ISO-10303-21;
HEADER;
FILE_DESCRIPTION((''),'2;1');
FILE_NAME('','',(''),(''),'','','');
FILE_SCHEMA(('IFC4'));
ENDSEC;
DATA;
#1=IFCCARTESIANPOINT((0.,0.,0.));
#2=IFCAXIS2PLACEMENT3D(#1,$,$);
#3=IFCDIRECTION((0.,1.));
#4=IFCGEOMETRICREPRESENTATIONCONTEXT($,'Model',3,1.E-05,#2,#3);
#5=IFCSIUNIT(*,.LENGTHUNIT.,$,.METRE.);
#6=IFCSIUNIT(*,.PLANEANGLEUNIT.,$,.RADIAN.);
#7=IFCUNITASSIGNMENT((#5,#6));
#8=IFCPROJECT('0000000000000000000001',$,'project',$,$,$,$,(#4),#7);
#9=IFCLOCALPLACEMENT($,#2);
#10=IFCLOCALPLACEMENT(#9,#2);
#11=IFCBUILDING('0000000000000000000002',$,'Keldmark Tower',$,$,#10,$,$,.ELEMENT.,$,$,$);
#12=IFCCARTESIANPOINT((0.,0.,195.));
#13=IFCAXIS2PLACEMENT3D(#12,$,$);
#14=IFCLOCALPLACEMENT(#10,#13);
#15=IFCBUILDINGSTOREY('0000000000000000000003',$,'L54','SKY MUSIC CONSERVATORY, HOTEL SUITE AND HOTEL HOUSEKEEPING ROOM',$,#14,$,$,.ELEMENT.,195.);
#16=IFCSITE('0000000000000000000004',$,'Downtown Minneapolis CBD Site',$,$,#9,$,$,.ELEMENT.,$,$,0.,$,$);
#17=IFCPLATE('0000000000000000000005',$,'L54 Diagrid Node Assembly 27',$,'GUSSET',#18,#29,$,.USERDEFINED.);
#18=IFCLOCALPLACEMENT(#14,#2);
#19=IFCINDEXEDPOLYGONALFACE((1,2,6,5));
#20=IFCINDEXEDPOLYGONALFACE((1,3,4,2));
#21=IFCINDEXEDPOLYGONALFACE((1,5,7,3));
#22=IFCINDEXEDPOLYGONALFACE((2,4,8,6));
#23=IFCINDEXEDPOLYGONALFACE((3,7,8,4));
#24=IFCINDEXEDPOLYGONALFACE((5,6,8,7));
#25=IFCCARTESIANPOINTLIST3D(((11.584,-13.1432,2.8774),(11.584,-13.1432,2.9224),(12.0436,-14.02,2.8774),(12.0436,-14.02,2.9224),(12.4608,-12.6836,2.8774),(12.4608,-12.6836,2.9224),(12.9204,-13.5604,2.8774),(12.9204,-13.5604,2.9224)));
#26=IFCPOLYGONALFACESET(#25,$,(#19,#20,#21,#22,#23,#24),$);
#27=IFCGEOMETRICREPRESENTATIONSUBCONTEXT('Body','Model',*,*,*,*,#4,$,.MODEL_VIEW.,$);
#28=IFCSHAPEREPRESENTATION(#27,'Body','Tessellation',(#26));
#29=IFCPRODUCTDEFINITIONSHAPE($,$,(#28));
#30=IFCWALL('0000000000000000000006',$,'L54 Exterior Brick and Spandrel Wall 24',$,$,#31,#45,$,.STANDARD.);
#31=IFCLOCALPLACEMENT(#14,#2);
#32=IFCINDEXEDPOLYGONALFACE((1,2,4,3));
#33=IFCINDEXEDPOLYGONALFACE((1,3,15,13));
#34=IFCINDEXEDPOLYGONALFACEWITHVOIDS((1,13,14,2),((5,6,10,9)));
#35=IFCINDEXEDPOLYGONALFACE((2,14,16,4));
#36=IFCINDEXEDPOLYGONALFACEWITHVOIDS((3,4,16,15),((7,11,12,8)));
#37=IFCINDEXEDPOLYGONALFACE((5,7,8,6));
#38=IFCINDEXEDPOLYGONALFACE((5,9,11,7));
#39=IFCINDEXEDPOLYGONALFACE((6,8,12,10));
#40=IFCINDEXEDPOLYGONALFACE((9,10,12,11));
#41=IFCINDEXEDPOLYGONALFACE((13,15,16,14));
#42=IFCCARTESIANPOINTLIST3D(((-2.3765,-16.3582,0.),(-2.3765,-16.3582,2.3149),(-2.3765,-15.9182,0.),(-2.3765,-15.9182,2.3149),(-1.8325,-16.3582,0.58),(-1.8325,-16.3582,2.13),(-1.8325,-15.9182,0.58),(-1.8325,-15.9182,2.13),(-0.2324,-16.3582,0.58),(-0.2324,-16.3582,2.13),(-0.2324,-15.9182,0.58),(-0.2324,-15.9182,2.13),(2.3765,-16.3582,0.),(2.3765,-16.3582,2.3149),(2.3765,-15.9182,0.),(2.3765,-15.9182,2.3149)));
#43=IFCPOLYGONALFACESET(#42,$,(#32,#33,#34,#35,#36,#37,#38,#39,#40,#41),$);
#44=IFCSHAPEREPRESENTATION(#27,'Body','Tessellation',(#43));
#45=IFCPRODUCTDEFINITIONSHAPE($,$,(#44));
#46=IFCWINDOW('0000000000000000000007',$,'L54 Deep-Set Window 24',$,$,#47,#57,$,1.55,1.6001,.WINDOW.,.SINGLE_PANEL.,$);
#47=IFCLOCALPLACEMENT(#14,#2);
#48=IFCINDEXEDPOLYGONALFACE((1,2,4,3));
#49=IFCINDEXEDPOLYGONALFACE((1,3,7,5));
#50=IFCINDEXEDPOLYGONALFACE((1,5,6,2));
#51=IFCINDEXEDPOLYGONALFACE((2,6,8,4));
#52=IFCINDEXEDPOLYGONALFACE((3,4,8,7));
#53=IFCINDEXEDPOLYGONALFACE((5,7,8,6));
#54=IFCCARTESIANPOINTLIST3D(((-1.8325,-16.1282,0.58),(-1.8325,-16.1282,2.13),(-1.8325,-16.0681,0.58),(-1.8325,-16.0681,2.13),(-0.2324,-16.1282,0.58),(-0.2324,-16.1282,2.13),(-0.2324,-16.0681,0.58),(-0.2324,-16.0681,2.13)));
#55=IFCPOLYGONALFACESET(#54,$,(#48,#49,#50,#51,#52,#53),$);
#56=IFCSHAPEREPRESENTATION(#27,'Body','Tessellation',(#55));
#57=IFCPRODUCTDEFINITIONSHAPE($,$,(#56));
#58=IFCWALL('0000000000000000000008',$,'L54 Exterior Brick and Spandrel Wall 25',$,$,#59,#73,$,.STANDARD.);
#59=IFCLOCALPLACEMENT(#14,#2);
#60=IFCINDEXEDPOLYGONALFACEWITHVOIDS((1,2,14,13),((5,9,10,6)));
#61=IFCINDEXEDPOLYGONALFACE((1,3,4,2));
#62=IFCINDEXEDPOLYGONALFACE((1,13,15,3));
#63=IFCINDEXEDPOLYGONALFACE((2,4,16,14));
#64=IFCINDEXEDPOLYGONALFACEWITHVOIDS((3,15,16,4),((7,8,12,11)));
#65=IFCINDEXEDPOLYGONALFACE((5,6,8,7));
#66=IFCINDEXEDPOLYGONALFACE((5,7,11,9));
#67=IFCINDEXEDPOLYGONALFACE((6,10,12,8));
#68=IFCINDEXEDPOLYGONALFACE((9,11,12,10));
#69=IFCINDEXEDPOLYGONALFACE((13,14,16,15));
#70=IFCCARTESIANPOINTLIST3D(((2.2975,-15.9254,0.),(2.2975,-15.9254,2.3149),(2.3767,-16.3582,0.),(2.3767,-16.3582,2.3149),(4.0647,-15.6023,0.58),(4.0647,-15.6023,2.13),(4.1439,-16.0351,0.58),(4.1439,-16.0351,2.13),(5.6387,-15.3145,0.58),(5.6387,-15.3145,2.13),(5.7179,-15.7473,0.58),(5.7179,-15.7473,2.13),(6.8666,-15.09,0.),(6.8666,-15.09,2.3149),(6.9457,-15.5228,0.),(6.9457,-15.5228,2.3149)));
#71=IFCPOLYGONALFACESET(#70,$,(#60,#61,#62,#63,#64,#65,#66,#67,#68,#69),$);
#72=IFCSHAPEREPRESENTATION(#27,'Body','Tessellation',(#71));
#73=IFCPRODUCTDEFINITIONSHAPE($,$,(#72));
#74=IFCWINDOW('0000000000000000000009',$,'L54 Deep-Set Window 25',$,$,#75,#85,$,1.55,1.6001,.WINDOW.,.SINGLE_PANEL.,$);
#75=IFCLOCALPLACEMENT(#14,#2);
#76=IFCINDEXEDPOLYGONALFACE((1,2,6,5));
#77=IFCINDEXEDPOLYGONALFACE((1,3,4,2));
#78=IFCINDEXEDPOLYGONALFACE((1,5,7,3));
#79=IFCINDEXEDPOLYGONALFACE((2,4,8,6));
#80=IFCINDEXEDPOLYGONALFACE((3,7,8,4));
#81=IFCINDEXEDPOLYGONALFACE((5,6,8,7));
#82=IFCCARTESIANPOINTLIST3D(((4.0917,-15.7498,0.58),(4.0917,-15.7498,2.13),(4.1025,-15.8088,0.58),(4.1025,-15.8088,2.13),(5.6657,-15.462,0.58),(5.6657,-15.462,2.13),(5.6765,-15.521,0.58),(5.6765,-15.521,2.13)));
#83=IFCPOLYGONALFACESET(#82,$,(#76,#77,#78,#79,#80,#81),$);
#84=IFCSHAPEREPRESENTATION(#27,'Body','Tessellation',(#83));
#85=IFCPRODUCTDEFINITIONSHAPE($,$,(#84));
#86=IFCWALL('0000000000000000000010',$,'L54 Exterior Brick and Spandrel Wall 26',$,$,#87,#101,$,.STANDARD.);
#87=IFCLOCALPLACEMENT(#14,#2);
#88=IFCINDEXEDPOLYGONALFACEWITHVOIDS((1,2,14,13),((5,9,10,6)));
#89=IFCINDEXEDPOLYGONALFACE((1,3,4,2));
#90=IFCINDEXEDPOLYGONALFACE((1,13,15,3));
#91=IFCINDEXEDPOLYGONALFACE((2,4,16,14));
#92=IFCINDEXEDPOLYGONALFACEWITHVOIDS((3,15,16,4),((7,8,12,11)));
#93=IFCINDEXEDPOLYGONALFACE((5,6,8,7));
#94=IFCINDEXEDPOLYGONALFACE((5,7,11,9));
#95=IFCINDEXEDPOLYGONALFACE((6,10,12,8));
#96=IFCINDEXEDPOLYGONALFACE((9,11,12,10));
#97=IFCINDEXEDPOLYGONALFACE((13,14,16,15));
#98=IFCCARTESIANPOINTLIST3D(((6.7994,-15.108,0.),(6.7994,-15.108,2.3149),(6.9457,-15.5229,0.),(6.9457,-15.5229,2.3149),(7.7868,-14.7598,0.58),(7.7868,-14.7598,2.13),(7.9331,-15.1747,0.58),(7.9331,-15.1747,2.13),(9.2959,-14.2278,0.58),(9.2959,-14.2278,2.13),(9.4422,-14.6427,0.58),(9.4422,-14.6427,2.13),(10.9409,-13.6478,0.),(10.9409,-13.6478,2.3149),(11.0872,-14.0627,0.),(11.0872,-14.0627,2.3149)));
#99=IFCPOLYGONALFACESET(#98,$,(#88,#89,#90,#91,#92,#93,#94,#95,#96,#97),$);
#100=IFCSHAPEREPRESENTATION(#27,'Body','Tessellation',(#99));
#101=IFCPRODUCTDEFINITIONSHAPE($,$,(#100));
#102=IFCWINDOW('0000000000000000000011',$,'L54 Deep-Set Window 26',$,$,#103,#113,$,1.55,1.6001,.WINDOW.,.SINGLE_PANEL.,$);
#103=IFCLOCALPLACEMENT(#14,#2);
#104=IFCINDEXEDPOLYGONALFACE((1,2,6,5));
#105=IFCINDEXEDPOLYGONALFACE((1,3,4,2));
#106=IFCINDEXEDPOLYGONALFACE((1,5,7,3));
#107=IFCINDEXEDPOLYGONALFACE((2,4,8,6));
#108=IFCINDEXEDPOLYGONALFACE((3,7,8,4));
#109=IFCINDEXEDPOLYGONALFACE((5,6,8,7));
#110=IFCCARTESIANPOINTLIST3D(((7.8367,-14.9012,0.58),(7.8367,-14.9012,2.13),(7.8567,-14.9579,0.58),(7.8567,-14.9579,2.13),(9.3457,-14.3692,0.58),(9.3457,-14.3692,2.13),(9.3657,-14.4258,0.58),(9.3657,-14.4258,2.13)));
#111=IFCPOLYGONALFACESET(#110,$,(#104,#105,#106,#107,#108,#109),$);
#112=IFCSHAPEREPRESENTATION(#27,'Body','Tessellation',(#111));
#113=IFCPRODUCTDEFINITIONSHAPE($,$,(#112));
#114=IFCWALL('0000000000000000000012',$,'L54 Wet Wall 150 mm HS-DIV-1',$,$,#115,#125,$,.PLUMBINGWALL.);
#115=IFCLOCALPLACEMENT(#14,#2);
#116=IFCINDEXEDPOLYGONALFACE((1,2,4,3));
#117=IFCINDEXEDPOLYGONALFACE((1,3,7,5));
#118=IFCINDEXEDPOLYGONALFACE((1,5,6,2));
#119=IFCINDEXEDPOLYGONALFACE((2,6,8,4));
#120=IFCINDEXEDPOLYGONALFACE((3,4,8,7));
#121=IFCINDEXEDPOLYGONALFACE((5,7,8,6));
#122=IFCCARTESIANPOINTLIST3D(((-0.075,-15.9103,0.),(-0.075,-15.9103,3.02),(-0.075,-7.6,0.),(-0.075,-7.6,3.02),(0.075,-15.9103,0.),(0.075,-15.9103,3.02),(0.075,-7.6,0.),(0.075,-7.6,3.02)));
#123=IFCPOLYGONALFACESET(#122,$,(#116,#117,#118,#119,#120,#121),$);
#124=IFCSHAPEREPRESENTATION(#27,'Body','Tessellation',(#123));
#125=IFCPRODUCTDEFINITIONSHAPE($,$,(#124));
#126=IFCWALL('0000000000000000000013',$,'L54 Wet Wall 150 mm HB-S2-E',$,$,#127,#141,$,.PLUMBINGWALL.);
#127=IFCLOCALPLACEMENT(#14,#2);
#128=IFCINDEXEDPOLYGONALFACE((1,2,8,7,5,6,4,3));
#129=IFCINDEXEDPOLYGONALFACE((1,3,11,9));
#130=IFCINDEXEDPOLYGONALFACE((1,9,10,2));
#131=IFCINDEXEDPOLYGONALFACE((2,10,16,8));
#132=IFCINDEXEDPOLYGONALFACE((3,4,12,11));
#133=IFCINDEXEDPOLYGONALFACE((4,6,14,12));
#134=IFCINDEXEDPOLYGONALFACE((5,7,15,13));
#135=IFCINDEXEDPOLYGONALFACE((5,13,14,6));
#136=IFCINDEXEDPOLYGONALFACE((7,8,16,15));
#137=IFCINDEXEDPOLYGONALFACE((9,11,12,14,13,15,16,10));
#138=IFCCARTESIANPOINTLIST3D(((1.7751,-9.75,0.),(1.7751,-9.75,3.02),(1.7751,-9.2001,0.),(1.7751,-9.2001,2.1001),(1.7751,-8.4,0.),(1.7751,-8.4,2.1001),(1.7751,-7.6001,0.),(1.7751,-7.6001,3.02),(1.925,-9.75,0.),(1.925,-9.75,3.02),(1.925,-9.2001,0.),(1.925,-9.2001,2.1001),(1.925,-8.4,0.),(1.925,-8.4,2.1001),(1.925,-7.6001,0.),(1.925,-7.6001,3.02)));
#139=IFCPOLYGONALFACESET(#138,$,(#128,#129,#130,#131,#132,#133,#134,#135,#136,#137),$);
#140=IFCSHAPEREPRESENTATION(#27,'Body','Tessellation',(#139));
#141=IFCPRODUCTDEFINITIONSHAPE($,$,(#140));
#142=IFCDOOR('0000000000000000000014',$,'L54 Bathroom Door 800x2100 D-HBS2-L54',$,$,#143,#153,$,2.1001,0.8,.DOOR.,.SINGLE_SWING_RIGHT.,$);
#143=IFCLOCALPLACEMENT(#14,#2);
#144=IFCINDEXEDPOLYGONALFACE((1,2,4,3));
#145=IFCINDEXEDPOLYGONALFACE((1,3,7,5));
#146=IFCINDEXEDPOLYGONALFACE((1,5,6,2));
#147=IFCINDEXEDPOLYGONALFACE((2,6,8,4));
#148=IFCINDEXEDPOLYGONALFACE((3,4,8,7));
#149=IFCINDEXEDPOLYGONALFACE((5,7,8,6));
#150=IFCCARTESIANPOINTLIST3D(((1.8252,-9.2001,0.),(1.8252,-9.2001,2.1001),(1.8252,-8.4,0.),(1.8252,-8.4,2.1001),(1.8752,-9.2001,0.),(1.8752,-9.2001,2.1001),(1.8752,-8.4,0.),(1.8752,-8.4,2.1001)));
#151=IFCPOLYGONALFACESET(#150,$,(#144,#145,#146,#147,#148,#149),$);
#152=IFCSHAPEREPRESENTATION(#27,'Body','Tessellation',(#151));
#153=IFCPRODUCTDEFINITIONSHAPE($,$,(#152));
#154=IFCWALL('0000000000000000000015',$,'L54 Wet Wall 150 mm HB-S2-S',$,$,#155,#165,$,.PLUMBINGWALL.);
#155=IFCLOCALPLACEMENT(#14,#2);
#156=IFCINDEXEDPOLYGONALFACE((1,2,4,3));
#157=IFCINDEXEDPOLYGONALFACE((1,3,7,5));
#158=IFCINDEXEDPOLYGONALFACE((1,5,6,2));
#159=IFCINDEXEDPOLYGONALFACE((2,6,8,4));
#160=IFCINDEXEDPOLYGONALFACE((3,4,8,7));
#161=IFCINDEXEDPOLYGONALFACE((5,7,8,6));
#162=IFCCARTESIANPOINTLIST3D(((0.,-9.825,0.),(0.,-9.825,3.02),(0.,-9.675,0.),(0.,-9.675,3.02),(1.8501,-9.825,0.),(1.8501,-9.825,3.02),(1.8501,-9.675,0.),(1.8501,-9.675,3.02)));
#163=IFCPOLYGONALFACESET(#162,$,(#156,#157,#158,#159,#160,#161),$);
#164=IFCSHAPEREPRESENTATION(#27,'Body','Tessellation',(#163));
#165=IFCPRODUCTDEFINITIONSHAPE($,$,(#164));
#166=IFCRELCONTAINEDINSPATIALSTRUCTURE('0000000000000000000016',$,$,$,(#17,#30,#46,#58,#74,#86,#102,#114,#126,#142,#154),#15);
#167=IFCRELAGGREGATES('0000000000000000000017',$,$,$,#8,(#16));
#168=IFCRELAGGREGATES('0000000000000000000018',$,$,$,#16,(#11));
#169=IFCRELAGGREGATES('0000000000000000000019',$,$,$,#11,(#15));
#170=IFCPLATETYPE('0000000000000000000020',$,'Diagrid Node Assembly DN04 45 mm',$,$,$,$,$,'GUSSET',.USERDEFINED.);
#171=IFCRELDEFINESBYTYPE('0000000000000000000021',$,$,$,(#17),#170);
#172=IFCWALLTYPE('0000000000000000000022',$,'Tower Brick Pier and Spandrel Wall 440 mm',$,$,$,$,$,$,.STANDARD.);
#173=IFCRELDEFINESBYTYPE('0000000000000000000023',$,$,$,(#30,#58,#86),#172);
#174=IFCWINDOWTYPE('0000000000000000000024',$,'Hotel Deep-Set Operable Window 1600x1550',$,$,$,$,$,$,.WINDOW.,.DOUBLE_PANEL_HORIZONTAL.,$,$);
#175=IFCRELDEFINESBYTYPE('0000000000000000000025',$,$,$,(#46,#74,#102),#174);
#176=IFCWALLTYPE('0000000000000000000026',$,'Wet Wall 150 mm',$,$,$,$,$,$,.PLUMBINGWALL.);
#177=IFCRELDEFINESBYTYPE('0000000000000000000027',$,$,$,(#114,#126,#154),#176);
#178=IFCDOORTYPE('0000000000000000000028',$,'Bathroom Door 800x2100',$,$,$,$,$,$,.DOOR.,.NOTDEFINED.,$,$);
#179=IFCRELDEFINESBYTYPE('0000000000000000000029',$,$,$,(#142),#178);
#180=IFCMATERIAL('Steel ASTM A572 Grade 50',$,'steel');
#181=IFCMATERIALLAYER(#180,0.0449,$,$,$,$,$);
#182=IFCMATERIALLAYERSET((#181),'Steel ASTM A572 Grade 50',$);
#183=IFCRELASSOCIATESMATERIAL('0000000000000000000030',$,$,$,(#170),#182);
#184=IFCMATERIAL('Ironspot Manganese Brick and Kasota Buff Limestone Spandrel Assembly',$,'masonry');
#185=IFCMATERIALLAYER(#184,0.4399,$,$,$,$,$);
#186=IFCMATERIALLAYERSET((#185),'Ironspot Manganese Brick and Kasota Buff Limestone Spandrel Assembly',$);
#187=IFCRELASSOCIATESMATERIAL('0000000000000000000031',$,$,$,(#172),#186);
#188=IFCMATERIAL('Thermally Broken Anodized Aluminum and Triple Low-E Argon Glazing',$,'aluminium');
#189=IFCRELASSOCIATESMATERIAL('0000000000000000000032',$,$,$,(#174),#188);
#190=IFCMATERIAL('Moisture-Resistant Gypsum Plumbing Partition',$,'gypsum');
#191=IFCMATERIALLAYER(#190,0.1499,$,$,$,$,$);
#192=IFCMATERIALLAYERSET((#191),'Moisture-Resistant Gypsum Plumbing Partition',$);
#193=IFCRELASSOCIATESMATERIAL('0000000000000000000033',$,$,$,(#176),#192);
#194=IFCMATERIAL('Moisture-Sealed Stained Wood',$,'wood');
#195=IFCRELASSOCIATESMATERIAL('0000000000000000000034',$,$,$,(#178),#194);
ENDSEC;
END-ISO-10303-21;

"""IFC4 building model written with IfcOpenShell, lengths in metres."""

from ifc_helpers import new_model, si_unit, direction, frame, frame_2d, origin, origin_2d, place, context, subcontext, project, spatial, rectangle, extrude, material, layer, layer_set, type_object, element, fill, save


model = new_model("IFC4")

# Units and contexts
model_context = context("Model", 3, precision=1e-05, world=origin(), true_north=direction((0.0, 1.0)))
body_context = subcontext(model_context, "Body", "Model", "MODEL_VIEW")
ifc_project = project(units=[si_unit("LENGTHUNIT", "METRE"), si_unit("PLANEANGLEUNIT", "RADIAN")], contexts=[model_context])

# Site, building, storey
site_placement = place(None, origin())
site = spatial("IfcSite", under=ifc_project, at=site_placement, Name="Downtown Minneapolis CBD Site", CompositionType="ELEMENT", RefElevation=0.0)
building_placement = place(site_placement, origin())
building = spatial("IfcBuilding", under=site, at=building_placement, Name="Keldmark Tower", CompositionType="ELEMENT")
storey_placement = place(building_placement, frame((0.0, 0.0, 195.0)))
storey = spatial("IfcBuildingStorey", under=building, at=storey_placement, Name="L54", Description="SKY MUSIC CONSERVATORY, HOTEL SUITE AND HOTEL HOUSEKEEPING ROOM", CompositionType="ELEMENT", Elevation=195.0)

# Plate
ifc_material_1 = material(Name="Steel ASTM A572 Grade 50", Category="steel")
ifc_layer_1 = layer(ifc_material_1, 0.0449)
ifc_layer_set_1 = layer_set([ifc_layer_1], Name="Steel ASTM A572 Grade 50")
plate_type = type_object("IfcPlateType", Name="Diagrid Node Assembly DN04 45 mm", ElementType="GUSSET", PredefinedType="USERDEFINED", material=ifc_layer_set_1)
for number, where, z_axis, x_axis, name in (
    (1, (12.2522, -13.3518, 2.8774), (0.0, 0.0, 1.0), (0.885718, 0.464224, 0.0), "L54 Diagrid Node Assembly 27"),
):
    element("IfcPlate", number, at=place(storey_placement, frame(where, z_axis=z_axis, x_axis=x_axis)), inside=storey, type_object=plate_type, Name=name, ObjectType="GUSSET", PredefinedType="USERDEFINED", context=body_context, shape_type="SweptSolid", body=[
        extrude(rectangle(XDim=0.99, YDim=0.99, at=origin_2d()), origin(), (0.0, 0.0, 1.0), 0.0449),
    ])

# Walls, openings, windows
ifc_material_2 = material(Name="Ironspot Manganese Brick and Kasota Buff Limestone Spandrel Assembly", Category="masonry")
ifc_layer_2 = layer(ifc_material_2, 0.4399)
ifc_layer_set_2 = layer_set([ifc_layer_2], Name="Ironspot Manganese Brick and Kasota Buff Limestone Spandrel Assembly")
wall_type_1 = type_object("IfcWallType", Name="Tower Brick Pier and Spandrel Wall 440 mm", PredefinedType="STANDARD", material=ifc_layer_set_2)
wall_1_placement = place(storey_placement, frame((2.3765, -16.1382, 0.0), z_axis=(0.0, 0.0, 1.0), x_axis=(-1.0, 0.0, 0.0)))
wall_1 = element("IfcWall", 2, at=wall_1_placement, inside=storey, type_object=wall_type_1, Name="L54 Exterior Brick and Spandrel Wall 24", PredefinedType="STANDARD", context=body_context, shape_type="SweptSolid", body=[
    extrude(rectangle(XDim=4.7529, YDim=0.4399, at=frame_2d((2.3765, 0.0))), origin(), (0.0, 0.0, 1.0), 2.3149),
])
opening_1_placement = place(wall_1_placement, frame((2.6089, 0.0, 0.5801)))
opening_1 = element("IfcOpeningElement", 3, at=opening_1_placement, cuts=wall_1, PredefinedType="OPENING", context=body_context, shape_type="SweptSolid", body=[
    extrude(rectangle(XDim=1.6001, YDim=1.55, at=frame_2d((0.8, 0.7749))), frame((0.0, 0.23, 0.0), z_axis=(0.0, -1.0, 0.0), x_axis=(1.0, 0.0, 0.0)), (0.0, 0.0, 1.0), 0.46),
])
ifc_material_3 = material(Name="Thermally Broken Anodized Aluminum and Triple Low-E Argon Glazing", Category="aluminium")
window_type = type_object("IfcWindowType", Name="Hotel Deep-Set Operable Window 1600x1550", PartitioningType="DOUBLE_PANEL_HORIZONTAL", PredefinedType="WINDOW", material=ifc_material_3)
window_1_placement = place(opening_1_placement, origin())
window_1 = element("IfcWindow", 4, at=window_1_placement, inside=storey, type_object=window_type, Name="L54 Deep-Set Window 24", OverallHeight=1.55, OverallWidth=1.6001, PartitioningType="SINGLE_PANEL", PredefinedType="WINDOW", context=body_context, shape_type="SweptSolid", body=[
    extrude(rectangle(XDim=1.6001, YDim=1.55, at=frame_2d((0.8, 0.7749))), frame((0.0, -0.01, 0.0), z_axis=(0.0, -1.0, 0.0), x_axis=(1.0, 0.0, 0.0)), (0.0, 0.0, 1.0), 0.0601),
])
fill(opening_1, window_1)
wall_2_placement = place(storey_placement, frame((6.906, -15.3064, 0.0), z_axis=(0.0, 0.0, 1.0), x_axis=(-0.983691, -0.179866, 0.0)))
wall_2 = element("IfcWall", 5, at=wall_2_placement, inside=storey, type_object=wall_type_1, Name="L54 Exterior Brick and Spandrel Wall 25", PredefinedType="STANDARD", context=body_context, shape_type="SweptSolid", body=[
    extrude(rectangle(XDim=4.6448, YDim=0.4399, at=frame_2d((2.3223, 0.0))), origin(), (0.0, 0.0, 1.0), 2.3149),
])
opening_2_placement = place(wall_2_placement, frame((1.248, 0.0, 0.5801)))
opening_2 = element("IfcOpeningElement", 6, at=opening_2_placement, cuts=wall_2, PredefinedType="OPENING", context=body_context, shape_type="SweptSolid", body=[
    extrude(rectangle(XDim=1.6001, YDim=1.55, at=frame_2d((0.8, 0.7749))), frame((0.0, 0.23, 0.0), z_axis=(0.0, -1.0, 0.0), x_axis=(1.0, 0.0, 0.0)), (0.0, 0.0, 1.0), 0.46),
])
window_2_placement = place(opening_2_placement, origin())
window_2 = element("IfcWindow", 7, at=window_2_placement, inside=storey, type_object=window_type, Name="L54 Deep-Set Window 25", OverallHeight=1.55, OverallWidth=1.6001, PartitioningType="SINGLE_PANEL", PredefinedType="WINDOW", context=body_context, shape_type="SweptSolid", body=[
    extrude(rectangle(XDim=1.6001, YDim=1.55, at=frame_2d((0.8, 0.7749))), frame((0.0, -0.01, 0.0), z_axis=(0.0, -1.0, 0.0), x_axis=(1.0, 0.0, 0.0)), (0.0, 0.0, 1.0), 0.0601),
])
fill(opening_2, window_2)
wall_3_placement = place(storey_placement, frame((11.0142, -13.8552, 0.0), z_axis=(0.0, 0.0, 1.0), x_axis=(-0.9431, -0.332509, 0.0)))
wall_3 = element("IfcWall", 8, at=wall_3_placement, inside=storey, type_object=wall_type_1, Name="L54 Exterior Brick and Spandrel Wall 26", PredefinedType="STANDARD", context=body_context, shape_type="SweptSolid", body=[
    extrude(rectangle(XDim=4.3914, YDim=0.4399, at=frame_2d((2.1958, 0.0))), origin(), (0.0, 0.0, 1.0), 2.3149),
])
opening_3_placement = place(wall_3_placement, frame((1.7444, 0.0, 0.5801)))
opening_3 = element("IfcOpeningElement", 9, at=opening_3_placement, cuts=wall_3, PredefinedType="OPENING", context=body_context, shape_type="SweptSolid", body=[
    extrude(rectangle(XDim=1.6001, YDim=1.55, at=frame_2d((0.8, 0.7749))), frame((0.0, 0.23, 0.0), z_axis=(0.0, -1.0, 0.0), x_axis=(1.0, 0.0, 0.0)), (0.0, 0.0, 1.0), 0.46),
])
window_3_placement = place(opening_3_placement, origin())
window_3 = element("IfcWindow", 10, at=window_3_placement, inside=storey, type_object=window_type, Name="L54 Deep-Set Window 26", OverallHeight=1.55, OverallWidth=1.6001, PartitioningType="SINGLE_PANEL", PredefinedType="WINDOW", context=body_context, shape_type="SweptSolid", body=[
    extrude(rectangle(XDim=1.6001, YDim=1.55, at=frame_2d((0.8, 0.7749))), frame((0.0, -0.01, 0.0), z_axis=(0.0, -1.0, 0.0), x_axis=(1.0, 0.0, 0.0)), (0.0, 0.0, 1.0), 0.0601),
])
fill(opening_3, window_3)

# Wall
ifc_material_4 = material(Name="Moisture-Resistant Gypsum Plumbing Partition", Category="gypsum")
ifc_layer_3 = layer(ifc_material_4, 0.1499)
ifc_layer_set_3 = layer_set([ifc_layer_3], Name="Moisture-Resistant Gypsum Plumbing Partition")
wall_type_2 = type_object("IfcWallType", Name="Wet Wall 150 mm", PredefinedType="PLUMBINGWALL", material=ifc_layer_set_3)
wall_4_placement = place(storey_placement, frame((0.0, -15.9104, 0.0), z_axis=(0.0, 0.0, 1.0), x_axis=(0.0, 1.0, 0.0)))
element("IfcWall", 11, at=wall_4_placement, inside=storey, type_object=wall_type_2, Name="L54 Wet Wall 150 mm HS-DIV-1", PredefinedType="PLUMBINGWALL", context=body_context, shape_type="SweptSolid", body=[
    extrude(rectangle(XDim=8.3103, YDim=0.1499, at=frame_2d((4.1553, 0.0))), origin(), (0.0, 0.0, 1.0), 3.02),
])

# Wall, opening, door
wall_5_placement = place(storey_placement, frame((1.8501, -9.75, 0.0), z_axis=(0.0, 0.0, 1.0), x_axis=(0.0, 1.0, 0.0)))
wall_5 = element("IfcWall", 12, at=wall_5_placement, inside=storey, type_object=wall_type_2, Name="L54 Wet Wall 150 mm HB-S2-E", PredefinedType="PLUMBINGWALL", context=body_context, shape_type="SweptSolid", body=[
    extrude(rectangle(XDim=2.1499, YDim=0.1499, at=frame_2d((1.075, 0.0))), origin(), (0.0, 0.0, 1.0), 3.02),
])
opening_4_placement = place(wall_5_placement, frame((0.55, 0.0, 0.0)))
opening_4 = element("IfcOpeningElement", 13, at=opening_4_placement, cuts=wall_5, PredefinedType="OPENING", context=body_context, shape_type="SweptSolid", body=[
    extrude(rectangle(XDim=0.8, YDim=2.1001, at=frame_2d((0.3999, 1.05))), frame((0.0, 0.085, 0.0), z_axis=(0.0, -1.0, 0.0), x_axis=(1.0, 0.0, 0.0)), (0.0, 0.0, 1.0), 0.1699),
])
ifc_material_5 = material(Name="Moisture-Sealed Stained Wood", Category="wood")
door_type = type_object("IfcDoorType", Name="Bathroom Door 800x2100", OperationType="NOTDEFINED", PredefinedType="DOOR", material=ifc_material_5)
door_placement = place(opening_4_placement, origin())
door = element("IfcDoor", 14, at=door_placement, inside=storey, type_object=door_type, Name="L54 Bathroom Door 800x2100 D-HBS2-L54", OperationType="SINGLE_SWING_RIGHT", OverallHeight=2.1001, OverallWidth=0.8, PredefinedType="DOOR", context=body_context, shape_type="SweptSolid", body=[
    extrude(rectangle(XDim=0.8, YDim=2.1001, at=frame_2d((0.3999, 1.05))), frame((0.0, 0.0249, 0.0), z_axis=(0.0, -1.0, 0.0), x_axis=(1.0, 0.0, 0.0)), (0.0, 0.0, 1.0), 0.05),
])
fill(opening_4, door)

# Wall
wall_6_placement = place(storey_placement, frame((0.0, -9.75, 0.0), z_axis=(0.0, 0.0, 1.0), x_axis=(1.0, 0.0, 0.0)))
element("IfcWall", 15, at=wall_6_placement, inside=storey, type_object=wall_type_2, Name="L54 Wet Wall 150 mm HB-S2-S", PredefinedType="PLUMBINGWALL", context=body_context, shape_type="SweptSolid", body=[
    extrude(rectangle(XDim=1.8501, YDim=0.1499, at=frame_2d((0.925, 0.0))), origin(), (0.0, 0.0, 1.0), 3.02),
])

save(model, "model.ifc")
